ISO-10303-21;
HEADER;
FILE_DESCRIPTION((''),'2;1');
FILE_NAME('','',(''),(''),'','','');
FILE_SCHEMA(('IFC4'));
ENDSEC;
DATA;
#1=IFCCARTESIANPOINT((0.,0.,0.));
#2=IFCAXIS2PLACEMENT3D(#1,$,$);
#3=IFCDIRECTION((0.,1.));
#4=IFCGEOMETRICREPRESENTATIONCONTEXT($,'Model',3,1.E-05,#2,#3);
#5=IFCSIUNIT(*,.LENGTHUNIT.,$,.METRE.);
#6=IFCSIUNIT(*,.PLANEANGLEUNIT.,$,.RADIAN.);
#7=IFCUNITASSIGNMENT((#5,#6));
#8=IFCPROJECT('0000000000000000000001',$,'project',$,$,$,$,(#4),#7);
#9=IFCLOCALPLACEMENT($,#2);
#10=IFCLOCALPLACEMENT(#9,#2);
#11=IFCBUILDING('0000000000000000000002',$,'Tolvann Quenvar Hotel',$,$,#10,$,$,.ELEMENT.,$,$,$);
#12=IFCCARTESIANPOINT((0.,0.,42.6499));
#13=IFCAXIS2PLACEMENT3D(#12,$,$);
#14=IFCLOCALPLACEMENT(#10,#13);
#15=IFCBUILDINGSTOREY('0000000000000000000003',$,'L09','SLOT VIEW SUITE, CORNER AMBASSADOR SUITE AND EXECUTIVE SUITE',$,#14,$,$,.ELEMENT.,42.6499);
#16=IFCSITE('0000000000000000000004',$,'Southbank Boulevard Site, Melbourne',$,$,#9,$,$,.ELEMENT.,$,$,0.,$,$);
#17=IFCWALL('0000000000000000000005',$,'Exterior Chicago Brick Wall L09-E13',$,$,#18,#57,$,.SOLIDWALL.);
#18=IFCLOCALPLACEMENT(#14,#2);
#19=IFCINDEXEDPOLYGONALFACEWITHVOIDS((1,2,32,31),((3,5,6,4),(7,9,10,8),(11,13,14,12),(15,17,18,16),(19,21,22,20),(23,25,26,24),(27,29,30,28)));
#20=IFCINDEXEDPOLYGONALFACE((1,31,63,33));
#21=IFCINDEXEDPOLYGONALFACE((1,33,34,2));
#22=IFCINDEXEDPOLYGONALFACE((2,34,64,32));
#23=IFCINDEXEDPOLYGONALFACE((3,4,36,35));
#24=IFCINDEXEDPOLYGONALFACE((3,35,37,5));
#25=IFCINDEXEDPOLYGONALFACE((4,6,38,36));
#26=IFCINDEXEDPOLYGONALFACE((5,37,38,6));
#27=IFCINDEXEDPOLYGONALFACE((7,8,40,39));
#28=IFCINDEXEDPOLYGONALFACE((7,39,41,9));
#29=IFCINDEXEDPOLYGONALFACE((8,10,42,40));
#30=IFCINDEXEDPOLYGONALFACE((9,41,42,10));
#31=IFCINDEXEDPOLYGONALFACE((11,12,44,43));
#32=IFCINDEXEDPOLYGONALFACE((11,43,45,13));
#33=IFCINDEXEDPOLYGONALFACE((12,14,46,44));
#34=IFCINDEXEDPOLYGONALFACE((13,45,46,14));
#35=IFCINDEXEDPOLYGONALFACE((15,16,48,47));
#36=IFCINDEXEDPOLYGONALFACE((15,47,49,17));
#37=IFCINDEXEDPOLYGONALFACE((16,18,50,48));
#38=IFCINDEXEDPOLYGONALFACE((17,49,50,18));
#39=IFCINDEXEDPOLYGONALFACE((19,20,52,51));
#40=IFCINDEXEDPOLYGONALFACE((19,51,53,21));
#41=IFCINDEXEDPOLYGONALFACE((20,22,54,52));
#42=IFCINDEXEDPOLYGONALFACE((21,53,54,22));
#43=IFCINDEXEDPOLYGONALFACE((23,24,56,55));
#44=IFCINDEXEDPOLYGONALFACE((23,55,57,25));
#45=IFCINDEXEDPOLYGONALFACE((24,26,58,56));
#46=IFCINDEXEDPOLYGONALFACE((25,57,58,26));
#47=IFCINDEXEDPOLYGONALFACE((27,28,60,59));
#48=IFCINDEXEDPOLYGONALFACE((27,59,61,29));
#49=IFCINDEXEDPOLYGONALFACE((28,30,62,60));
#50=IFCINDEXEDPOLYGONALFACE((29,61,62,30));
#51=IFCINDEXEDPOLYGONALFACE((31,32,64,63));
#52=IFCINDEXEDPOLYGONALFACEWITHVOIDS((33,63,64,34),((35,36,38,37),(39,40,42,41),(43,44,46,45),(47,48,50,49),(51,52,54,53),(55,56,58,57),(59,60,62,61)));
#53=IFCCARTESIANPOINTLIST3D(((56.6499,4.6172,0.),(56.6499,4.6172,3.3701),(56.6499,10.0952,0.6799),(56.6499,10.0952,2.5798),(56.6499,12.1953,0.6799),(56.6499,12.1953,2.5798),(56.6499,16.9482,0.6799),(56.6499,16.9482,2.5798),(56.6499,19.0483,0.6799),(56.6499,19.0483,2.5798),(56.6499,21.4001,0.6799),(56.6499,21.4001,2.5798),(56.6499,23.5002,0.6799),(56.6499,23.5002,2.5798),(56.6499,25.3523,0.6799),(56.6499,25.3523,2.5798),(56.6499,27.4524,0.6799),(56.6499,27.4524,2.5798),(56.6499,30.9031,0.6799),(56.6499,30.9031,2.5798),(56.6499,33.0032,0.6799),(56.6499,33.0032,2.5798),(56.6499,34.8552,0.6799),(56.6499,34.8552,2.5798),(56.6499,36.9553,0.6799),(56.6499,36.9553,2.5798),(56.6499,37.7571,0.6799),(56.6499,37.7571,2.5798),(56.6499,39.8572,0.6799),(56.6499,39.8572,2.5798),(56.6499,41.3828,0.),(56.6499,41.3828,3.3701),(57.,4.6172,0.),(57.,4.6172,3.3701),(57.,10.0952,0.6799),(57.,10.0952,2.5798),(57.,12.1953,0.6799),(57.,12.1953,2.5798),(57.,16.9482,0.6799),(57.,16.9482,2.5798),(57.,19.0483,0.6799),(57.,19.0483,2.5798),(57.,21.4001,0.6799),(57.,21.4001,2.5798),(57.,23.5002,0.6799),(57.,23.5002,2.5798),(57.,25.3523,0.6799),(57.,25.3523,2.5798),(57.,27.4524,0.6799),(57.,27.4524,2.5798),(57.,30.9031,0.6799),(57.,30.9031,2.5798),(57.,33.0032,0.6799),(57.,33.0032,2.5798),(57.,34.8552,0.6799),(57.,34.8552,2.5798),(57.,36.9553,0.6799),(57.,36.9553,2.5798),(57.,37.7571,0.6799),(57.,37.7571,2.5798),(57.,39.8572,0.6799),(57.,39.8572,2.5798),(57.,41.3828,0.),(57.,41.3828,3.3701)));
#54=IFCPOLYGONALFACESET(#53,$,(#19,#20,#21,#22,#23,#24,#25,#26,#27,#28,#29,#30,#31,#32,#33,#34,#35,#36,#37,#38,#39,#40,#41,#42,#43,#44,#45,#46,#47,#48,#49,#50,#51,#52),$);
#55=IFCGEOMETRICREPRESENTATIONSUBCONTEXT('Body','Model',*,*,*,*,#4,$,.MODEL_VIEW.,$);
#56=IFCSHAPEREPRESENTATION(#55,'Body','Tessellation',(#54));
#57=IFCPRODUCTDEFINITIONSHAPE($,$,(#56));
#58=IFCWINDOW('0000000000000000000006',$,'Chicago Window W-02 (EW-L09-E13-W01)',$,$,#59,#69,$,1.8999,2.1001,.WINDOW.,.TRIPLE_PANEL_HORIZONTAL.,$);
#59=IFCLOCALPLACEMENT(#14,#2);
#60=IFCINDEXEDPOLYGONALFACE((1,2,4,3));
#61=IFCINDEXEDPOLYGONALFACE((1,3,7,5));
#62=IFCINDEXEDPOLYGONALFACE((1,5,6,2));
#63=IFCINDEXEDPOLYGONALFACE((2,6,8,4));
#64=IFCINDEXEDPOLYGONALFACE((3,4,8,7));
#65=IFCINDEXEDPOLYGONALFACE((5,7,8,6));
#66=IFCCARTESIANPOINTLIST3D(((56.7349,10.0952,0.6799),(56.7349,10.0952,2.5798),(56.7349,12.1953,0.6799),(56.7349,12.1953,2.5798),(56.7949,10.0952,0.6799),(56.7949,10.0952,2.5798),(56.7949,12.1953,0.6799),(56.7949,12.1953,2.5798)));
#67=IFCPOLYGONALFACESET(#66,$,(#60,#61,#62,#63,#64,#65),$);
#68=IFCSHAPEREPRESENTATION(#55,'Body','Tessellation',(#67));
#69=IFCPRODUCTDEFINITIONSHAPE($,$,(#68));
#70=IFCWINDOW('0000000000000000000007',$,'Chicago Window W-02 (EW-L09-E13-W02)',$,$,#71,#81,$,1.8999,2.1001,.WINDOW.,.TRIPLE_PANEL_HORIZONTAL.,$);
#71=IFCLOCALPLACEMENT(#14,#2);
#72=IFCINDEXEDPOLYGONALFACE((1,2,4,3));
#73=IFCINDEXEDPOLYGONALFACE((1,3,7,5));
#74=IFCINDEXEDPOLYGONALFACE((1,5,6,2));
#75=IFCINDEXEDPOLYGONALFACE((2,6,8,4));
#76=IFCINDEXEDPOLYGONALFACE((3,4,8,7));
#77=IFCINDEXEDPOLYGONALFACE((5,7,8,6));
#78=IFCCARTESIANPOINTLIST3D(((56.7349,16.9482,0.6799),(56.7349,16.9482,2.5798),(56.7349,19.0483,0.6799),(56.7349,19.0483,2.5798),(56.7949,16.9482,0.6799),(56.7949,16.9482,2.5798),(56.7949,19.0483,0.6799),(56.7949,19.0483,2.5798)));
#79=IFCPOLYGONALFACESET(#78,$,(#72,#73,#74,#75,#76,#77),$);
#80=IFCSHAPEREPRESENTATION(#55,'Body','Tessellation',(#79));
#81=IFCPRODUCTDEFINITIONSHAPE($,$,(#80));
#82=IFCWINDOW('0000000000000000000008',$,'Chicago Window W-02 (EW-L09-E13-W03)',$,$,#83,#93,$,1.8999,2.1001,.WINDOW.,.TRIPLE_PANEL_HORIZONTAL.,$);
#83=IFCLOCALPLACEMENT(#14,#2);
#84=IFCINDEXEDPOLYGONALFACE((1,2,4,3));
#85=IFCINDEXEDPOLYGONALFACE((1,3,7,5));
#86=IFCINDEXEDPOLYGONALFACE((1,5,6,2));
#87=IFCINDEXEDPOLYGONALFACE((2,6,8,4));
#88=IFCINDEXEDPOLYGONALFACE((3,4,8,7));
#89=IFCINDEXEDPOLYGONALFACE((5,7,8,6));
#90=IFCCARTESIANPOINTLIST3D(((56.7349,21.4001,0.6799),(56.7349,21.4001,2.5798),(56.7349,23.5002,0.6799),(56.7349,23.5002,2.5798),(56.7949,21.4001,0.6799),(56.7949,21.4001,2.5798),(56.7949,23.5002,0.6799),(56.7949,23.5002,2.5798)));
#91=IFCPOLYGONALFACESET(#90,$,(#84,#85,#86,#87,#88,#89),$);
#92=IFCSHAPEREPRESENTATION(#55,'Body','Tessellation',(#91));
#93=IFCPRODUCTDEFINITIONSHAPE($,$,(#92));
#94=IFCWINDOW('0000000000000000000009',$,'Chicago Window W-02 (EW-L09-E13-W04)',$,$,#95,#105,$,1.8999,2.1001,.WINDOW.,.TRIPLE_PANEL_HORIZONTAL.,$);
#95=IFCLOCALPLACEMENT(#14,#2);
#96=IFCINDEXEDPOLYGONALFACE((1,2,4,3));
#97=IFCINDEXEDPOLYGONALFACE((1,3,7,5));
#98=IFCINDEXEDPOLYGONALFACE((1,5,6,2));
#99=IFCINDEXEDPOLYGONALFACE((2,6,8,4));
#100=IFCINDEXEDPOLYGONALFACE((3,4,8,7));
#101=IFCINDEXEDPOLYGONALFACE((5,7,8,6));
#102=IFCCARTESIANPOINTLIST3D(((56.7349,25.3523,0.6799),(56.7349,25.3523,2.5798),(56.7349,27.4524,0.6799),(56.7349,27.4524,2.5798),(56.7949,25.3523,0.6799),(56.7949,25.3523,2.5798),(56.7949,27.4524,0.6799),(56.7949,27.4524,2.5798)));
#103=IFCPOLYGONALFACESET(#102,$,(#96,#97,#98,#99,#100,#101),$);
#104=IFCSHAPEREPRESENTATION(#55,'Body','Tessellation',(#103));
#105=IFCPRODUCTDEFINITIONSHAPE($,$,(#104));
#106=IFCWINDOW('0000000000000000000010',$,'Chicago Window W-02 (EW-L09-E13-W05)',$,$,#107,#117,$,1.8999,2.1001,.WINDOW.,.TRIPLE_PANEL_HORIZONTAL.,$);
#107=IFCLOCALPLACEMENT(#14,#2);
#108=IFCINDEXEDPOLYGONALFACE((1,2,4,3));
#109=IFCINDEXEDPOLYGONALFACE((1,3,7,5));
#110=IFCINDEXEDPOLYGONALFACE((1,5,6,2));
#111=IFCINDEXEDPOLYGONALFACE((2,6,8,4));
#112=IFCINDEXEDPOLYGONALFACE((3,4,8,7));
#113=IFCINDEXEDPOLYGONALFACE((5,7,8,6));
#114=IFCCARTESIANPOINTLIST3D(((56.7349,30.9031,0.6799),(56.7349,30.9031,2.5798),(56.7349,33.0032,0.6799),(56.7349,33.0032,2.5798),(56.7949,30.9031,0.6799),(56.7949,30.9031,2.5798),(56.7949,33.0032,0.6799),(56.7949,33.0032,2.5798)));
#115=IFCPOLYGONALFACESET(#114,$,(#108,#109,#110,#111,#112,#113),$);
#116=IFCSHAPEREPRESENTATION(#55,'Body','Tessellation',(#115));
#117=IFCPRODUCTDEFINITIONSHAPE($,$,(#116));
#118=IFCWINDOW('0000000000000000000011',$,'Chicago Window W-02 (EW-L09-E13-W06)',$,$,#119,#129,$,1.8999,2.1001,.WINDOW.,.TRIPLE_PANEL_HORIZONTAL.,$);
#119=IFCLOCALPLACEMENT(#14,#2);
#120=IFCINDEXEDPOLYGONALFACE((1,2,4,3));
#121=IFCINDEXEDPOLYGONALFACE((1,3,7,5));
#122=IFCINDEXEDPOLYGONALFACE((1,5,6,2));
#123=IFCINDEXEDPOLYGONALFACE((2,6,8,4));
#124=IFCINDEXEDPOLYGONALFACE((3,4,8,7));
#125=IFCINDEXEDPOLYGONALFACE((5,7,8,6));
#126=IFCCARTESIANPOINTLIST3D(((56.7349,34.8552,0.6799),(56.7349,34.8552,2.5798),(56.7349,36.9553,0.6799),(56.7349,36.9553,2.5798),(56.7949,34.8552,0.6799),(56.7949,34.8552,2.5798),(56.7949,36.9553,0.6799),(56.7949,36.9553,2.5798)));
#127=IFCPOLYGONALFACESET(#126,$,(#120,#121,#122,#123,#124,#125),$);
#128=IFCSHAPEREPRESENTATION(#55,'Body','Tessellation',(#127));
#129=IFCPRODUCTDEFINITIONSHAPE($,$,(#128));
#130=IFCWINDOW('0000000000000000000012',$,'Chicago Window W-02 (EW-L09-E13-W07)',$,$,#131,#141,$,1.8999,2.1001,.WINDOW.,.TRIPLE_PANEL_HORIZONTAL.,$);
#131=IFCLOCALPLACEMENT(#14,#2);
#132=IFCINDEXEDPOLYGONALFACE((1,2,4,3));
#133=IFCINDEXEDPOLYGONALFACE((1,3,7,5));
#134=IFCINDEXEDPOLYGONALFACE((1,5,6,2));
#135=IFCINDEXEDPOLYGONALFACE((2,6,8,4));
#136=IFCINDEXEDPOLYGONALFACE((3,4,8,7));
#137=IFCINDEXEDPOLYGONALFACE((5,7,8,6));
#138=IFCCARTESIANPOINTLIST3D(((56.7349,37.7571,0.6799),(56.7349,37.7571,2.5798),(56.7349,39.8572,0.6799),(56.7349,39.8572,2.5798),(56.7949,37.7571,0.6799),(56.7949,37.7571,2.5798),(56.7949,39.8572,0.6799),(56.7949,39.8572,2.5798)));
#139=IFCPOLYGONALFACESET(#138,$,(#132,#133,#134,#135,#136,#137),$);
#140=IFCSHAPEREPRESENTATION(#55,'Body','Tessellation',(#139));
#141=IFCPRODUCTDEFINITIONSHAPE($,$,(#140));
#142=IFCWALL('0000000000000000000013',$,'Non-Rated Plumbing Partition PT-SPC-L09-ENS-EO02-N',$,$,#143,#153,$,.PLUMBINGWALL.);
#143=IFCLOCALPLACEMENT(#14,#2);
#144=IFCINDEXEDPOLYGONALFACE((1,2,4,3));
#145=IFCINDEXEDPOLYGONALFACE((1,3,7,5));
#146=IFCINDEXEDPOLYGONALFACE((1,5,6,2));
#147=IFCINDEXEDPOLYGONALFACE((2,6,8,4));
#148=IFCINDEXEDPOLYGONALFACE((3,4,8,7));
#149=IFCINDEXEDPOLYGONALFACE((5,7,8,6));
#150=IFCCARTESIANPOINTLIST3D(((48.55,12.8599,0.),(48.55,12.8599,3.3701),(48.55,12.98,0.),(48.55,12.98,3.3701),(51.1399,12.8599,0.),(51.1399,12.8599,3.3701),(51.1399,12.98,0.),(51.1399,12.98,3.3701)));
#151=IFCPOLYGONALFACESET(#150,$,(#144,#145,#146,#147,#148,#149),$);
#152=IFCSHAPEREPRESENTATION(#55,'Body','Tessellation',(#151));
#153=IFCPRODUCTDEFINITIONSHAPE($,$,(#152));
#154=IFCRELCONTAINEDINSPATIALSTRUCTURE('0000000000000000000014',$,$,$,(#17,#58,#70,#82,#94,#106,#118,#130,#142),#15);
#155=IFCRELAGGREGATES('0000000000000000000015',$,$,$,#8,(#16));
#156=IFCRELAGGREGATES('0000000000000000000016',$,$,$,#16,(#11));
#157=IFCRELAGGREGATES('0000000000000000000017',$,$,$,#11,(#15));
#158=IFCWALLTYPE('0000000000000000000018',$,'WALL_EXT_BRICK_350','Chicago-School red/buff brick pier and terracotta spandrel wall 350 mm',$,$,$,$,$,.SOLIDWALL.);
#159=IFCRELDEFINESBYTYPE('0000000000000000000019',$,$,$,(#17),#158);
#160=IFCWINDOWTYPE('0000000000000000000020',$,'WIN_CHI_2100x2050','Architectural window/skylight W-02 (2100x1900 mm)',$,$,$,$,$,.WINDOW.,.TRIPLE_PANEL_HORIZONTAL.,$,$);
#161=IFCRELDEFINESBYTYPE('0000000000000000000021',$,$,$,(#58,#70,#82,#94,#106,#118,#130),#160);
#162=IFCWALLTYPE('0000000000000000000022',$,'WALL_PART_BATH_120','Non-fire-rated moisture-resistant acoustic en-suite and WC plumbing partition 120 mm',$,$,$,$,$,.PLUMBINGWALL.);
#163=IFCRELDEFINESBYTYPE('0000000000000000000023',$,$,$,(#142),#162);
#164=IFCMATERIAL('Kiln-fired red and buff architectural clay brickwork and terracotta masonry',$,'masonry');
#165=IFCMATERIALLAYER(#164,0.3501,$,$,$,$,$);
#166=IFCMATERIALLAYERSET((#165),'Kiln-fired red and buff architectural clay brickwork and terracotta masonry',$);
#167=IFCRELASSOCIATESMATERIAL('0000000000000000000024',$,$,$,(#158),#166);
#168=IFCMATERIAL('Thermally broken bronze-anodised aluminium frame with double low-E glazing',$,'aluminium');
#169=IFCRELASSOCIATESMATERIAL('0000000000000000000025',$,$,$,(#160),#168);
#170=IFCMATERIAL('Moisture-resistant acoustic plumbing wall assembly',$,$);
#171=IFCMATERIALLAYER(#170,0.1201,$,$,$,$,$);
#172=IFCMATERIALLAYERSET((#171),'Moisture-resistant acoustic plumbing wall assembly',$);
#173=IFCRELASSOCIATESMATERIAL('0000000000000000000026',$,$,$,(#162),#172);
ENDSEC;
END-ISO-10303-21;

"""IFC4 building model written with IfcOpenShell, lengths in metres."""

from ifc_helpers import new_model, si_unit, direction, frame, frame_2d, origin, place, context, subcontext, project, spatial, rectangle, extrude, source, transform, mapped, material, layer, layer_set, type_object, type_shapes, element, fill, save


model = new_model("IFC4")

# Units and contexts
model_context = context("Model", 3, precision=1e-05, world=origin(), true_north=direction((0.0, 1.0)))
body_context = subcontext(model_context, "Body", "Model", "MODEL_VIEW")
ifc_project = project(units=[si_unit("LENGTHUNIT", "METRE"), si_unit("PLANEANGLEUNIT", "RADIAN")], contexts=[model_context])

# Site, building, storey
site_placement = place(None, origin())
site = spatial("IfcSite", under=ifc_project, at=site_placement, Name="Southbank Boulevard Site, Melbourne", CompositionType="ELEMENT", RefElevation=0.0)
building_placement = place(site_placement, origin())
building = spatial("IfcBuilding", under=site, at=building_placement, Name="Tolvann Quenvar Hotel", CompositionType="ELEMENT")
storey_placement = place(building_placement, frame((0.0, 0.0, 42.6499)))
storey = spatial("IfcBuildingStorey", under=building, at=storey_placement, Name="L09", Description="SLOT VIEW SUITE, CORNER AMBASSADOR SUITE AND EXECUTIVE SUITE", CompositionType="ELEMENT", Elevation=42.6499)

# Wall, openings, windows
ifc_material_1 = material(Name="Kiln-fired red and buff architectural clay brickwork and terracotta masonry", Category="masonry")
ifc_layer_1 = layer(ifc_material_1, 0.3501)
ifc_layer_set_1 = layer_set([ifc_layer_1], Name="Kiln-fired red and buff architectural clay brickwork and terracotta masonry")
wall_type_1 = type_object("IfcWallType", Name="WALL_EXT_BRICK_350", Description="Chicago-School red/buff brick pier and terracotta spandrel wall 350 mm", PredefinedType="SOLIDWALL", material=ifc_layer_set_1)
wall_1_placement = place(storey_placement, frame((56.825, 4.6172, 0.0), z_axis=(0.0, 0.0, 1.0), x_axis=(0.0, 1.0, 0.0)))
wall_1 = element("IfcWall", 1, at=wall_1_placement, inside=storey, type_object=wall_type_1, Name="Exterior Chicago Brick Wall L09-E13", PredefinedType="SOLIDWALL", context=body_context, shape_type="SweptSolid", body=[
    extrude(rectangle(XDim=36.7656, YDim=0.3501, at=frame_2d((18.3828, 0.0))), origin(), (0.0, 0.0, 1.0), 3.3701),
])
opening_1_placement = place(wall_1_placement, frame((5.478, 0.0, 0.6799)))
opening_1 = element("IfcOpeningElement", 2, at=opening_1_placement, cuts=wall_1, PredefinedType="OPENING", context=body_context, shape_type="SweptSolid", body=[
    extrude(rectangle(XDim=2.1001, YDim=1.8999, at=frame_2d((1.05, 0.95))), frame((0.0, 0.1851, 0.0), z_axis=(0.0, -1.0, 0.0), x_axis=(1.0, 0.0, 0.0)), (0.0, 0.0, 1.0), 0.3701),
])
opening_2_placement = place(wall_1_placement, frame((12.3311, 0.0, 0.6799)))
opening_2 = element("IfcOpeningElement", 3, at=opening_2_placement, cuts=wall_1, PredefinedType="OPENING", context=body_context, shape_type="SweptSolid", body=[
    extrude(rectangle(XDim=2.1001, YDim=1.8999, at=frame_2d((1.05, 0.95))), frame((0.0, 0.1851, 0.0), z_axis=(0.0, -1.0, 0.0), x_axis=(1.0, 0.0, 0.0)), (0.0, 0.0, 1.0), 0.3701),
])
opening_3_placement = place(wall_1_placement, frame((16.783, 0.0, 0.6799)))
opening_3 = element("IfcOpeningElement", 4, at=opening_3_placement, cuts=wall_1, PredefinedType="OPENING", context=body_context, shape_type="SweptSolid", body=[
    extrude(rectangle(XDim=2.1001, YDim=1.8999, at=frame_2d((1.05, 0.95))), frame((0.0, 0.1851, 0.0), z_axis=(0.0, -1.0, 0.0), x_axis=(1.0, 0.0, 0.0)), (0.0, 0.0, 1.0), 0.3701),
])
opening_4_placement = place(wall_1_placement, frame((20.7351, 0.0, 0.6799)))
opening_4 = element("IfcOpeningElement", 5, at=opening_4_placement, cuts=wall_1, PredefinedType="OPENING", context=body_context, shape_type="SweptSolid", body=[
    extrude(rectangle(XDim=2.1001, YDim=1.8999, at=frame_2d((1.05, 0.95))), frame((0.0, 0.1851, 0.0), z_axis=(0.0, -1.0, 0.0), x_axis=(1.0, 0.0, 0.0)), (0.0, 0.0, 1.0), 0.3701),
])
opening_5_placement = place(wall_1_placement, frame((26.2859, 0.0, 0.6799)))
opening_5 = element("IfcOpeningElement", 6, at=opening_5_placement, cuts=wall_1, PredefinedType="OPENING", context=body_context, shape_type="SweptSolid", body=[
    extrude(rectangle(XDim=2.1001, YDim=1.8999, at=frame_2d((1.05, 0.95))), frame((0.0, 0.1851, 0.0), z_axis=(0.0, -1.0, 0.0), x_axis=(1.0, 0.0, 0.0)), (0.0, 0.0, 1.0), 0.3701),
])
opening_6_placement = place(wall_1_placement, frame((30.238, 0.0, 0.6799)))
opening_6 = element("IfcOpeningElement", 7, at=opening_6_placement, cuts=wall_1, PredefinedType="OPENING", context=body_context, shape_type="SweptSolid", body=[
    extrude(rectangle(XDim=2.1001, YDim=1.8999, at=frame_2d((1.05, 0.95))), frame((0.0, 0.1851, 0.0), z_axis=(0.0, -1.0, 0.0), x_axis=(1.0, 0.0, 0.0)), (0.0, 0.0, 1.0), 0.3701),
])
opening_7_placement = place(wall_1_placement, frame((33.1399, 0.0, 0.6799)))
opening_7 = element("IfcOpeningElement", 8, at=opening_7_placement, cuts=wall_1, PredefinedType="OPENING", context=body_context, shape_type="SweptSolid", body=[
    extrude(rectangle(XDim=2.1001, YDim=1.8999, at=frame_2d((1.05, 0.95))), frame((0.0, 0.1851, 0.0), z_axis=(0.0, -1.0, 0.0), x_axis=(1.0, 0.0, 0.0)), (0.0, 0.0, 1.0), 0.3701),
])
ifc_material_2 = material(Name="Thermally broken bronze-anodised aluminium frame with double low-E glazing", Category="aluminium")
window_type = type_object("IfcWindowType", Name="WIN_CHI_2100x2050", Description="Architectural window/skylight W-02 (2100x1900 mm)", PartitioningType="TRIPLE_PANEL_HORIZONTAL", PredefinedType="WINDOW", material=ifc_material_2)
shared_shape_1 = source(origin(), body_context, "Body", "SweptSolid", [
    extrude(rectangle(XDim=2.1001, YDim=1.8999, at=frame_2d((1.05, 0.95))), frame((0.0, 0.0901, 0.0), z_axis=(0.0, -1.0, 0.0), x_axis=(1.0, 0.0, 0.0)), (0.0, 0.0, 1.0), 0.0601),
])
type_shapes(window_type, [shared_shape_1])
window_1_placement = place(opening_1_placement, origin())
window_1 = element("IfcWindow", 9, at=window_1_placement, inside=storey, type_object=window_type, Name="Chicago Window W-02 (EW-L09-E13-W01)", OverallHeight=1.8999, OverallWidth=2.1001, PartitioningType="TRIPLE_PANEL_HORIZONTAL", PredefinedType="WINDOW", context=body_context, shape_type="MappedRepresentation", body=[
    mapped(shared_shape_1, transform((0.0, 0.0, 0.0), x_axis=(1.0, 0.0, 0.0), y_axis=(0.0, 1.0, 0.0), z_axis=(0.0, 0.0, 1.0), scale=1.0)),
])
fill(opening_1, window_1)
window_2_placement = place(opening_2_placement, origin())
window_2 = element("IfcWindow", 10, at=window_2_placement, inside=storey, type_object=window_type, Name="Chicago Window W-02 (EW-L09-E13-W02)", OverallHeight=1.8999, OverallWidth=2.1001, PartitioningType="TRIPLE_PANEL_HORIZONTAL", PredefinedType="WINDOW", context=body_context, shape_type="MappedRepresentation", body=[
    mapped(shared_shape_1, transform((0.0, 0.0, 0.0), x_axis=(1.0, 0.0, 0.0), y_axis=(0.0, 1.0, 0.0), z_axis=(0.0, 0.0, 1.0), scale=1.0)),
])
fill(opening_2, window_2)
window_3_placement = place(opening_3_placement, origin())
window_3 = element("IfcWindow", 11, at=window_3_placement, inside=storey, type_object=window_type, Name="Chicago Window W-02 (EW-L09-E13-W03)", OverallHeight=1.8999, OverallWidth=2.1001, PartitioningType="TRIPLE_PANEL_HORIZONTAL", PredefinedType="WINDOW", context=body_context, shape_type="MappedRepresentation", body=[
    mapped(shared_shape_1, transform((0.0, 0.0, 0.0), x_axis=(1.0, 0.0, 0.0), y_axis=(0.0, 1.0, 0.0), z_axis=(0.0, 0.0, 1.0), scale=1.0)),
])
fill(opening_3, window_3)
window_4_placement = place(opening_4_placement, origin())
window_4 = element("IfcWindow", 12, at=window_4_placement, inside=storey, type_object=window_type, Name="Chicago Window W-02 (EW-L09-E13-W04)", OverallHeight=1.8999, OverallWidth=2.1001, PartitioningType="TRIPLE_PANEL_HORIZONTAL", PredefinedType="WINDOW", context=body_context, shape_type="MappedRepresentation", body=[
    mapped(shared_shape_1, transform((0.0, 0.0, 0.0), x_axis=(1.0, 0.0, 0.0), y_axis=(0.0, 1.0, 0.0), z_axis=(0.0, 0.0, 1.0), scale=1.0)),
])
fill(opening_4, window_4)
window_5_placement = place(opening_5_placement, origin())
window_5 = element("IfcWindow", 13, at=window_5_placement, inside=storey, type_object=window_type, Name="Chicago Window W-02 (EW-L09-E13-W05)", OverallHeight=1.8999, OverallWidth=2.1001, PartitioningType="TRIPLE_PANEL_HORIZONTAL", PredefinedType="WINDOW", context=body_context, shape_type="MappedRepresentation", body=[
    mapped(shared_shape_1, transform((0.0, 0.0, 0.0), x_axis=(1.0, 0.0, 0.0), y_axis=(0.0, 1.0, 0.0), z_axis=(0.0, 0.0, 1.0), scale=1.0)),
])
fill(opening_5, window_5)
window_6_placement = place(opening_6_placement, origin())
window_6 = element("IfcWindow", 14, at=window_6_placement, inside=storey, type_object=window_type, Name="Chicago Window W-02 (EW-L09-E13-W06)", OverallHeight=1.8999, OverallWidth=2.1001, PartitioningType="TRIPLE_PANEL_HORIZONTAL", PredefinedType="WINDOW", context=body_context, shape_type="MappedRepresentation", body=[
    mapped(shared_shape_1, transform((0.0, 0.0, 0.0), x_axis=(1.0, 0.0, 0.0), y_axis=(0.0, 1.0, 0.0), z_axis=(0.0, 0.0, 1.0), scale=1.0)),
])
fill(opening_6, window_6)
window_7_placement = place(opening_7_placement, origin())
window_7 = element("IfcWindow", 15, at=window_7_placement, inside=storey, type_object=window_type, Name="Chicago Window W-02 (EW-L09-E13-W07)", OverallHeight=1.8999, OverallWidth=2.1001, PartitioningType="TRIPLE_PANEL_HORIZONTAL", PredefinedType="WINDOW", context=body_context, shape_type="MappedRepresentation", body=[
    mapped(shared_shape_1, transform((0.0, 0.0, 0.0), x_axis=(1.0, 0.0, 0.0), y_axis=(0.0, 1.0, 0.0), z_axis=(0.0, 0.0, 1.0), scale=1.0)),
])
fill(opening_7, window_7)

# Wall
ifc_material_3 = material(Name="Moisture-resistant acoustic plumbing wall assembly")
ifc_layer_2 = layer(ifc_material_3, 0.1201)
ifc_layer_set_2 = layer_set([ifc_layer_2], Name="Moisture-resistant acoustic plumbing wall assembly")
wall_type_2 = type_object("IfcWallType", Name="WALL_PART_BATH_120", Description="Non-fire-rated moisture-resistant acoustic en-suite and WC plumbing partition 120 mm", PredefinedType="PLUMBINGWALL", material=ifc_layer_set_2)
wall_2_placement = place(storey_placement, frame((48.55, 12.9199, 0.0), z_axis=(0.0, 0.0, 1.0), x_axis=(1.0, 0.0, 0.0)))
element("IfcWall", 16, at=wall_2_placement, inside=storey, type_object=wall_type_2, Name="Non-Rated Plumbing Partition PT-SPC-L09-ENS-EO02-N", PredefinedType="PLUMBINGWALL", context=body_context, shape_type="SweptSolid", body=[
    extrude(rectangle(XDim=2.5898, YDim=0.1201, at=frame_2d((1.2949, 0.0))), origin(), (0.0, 0.0, 1.0), 3.3701),
])

save(model, "model.ifc")
